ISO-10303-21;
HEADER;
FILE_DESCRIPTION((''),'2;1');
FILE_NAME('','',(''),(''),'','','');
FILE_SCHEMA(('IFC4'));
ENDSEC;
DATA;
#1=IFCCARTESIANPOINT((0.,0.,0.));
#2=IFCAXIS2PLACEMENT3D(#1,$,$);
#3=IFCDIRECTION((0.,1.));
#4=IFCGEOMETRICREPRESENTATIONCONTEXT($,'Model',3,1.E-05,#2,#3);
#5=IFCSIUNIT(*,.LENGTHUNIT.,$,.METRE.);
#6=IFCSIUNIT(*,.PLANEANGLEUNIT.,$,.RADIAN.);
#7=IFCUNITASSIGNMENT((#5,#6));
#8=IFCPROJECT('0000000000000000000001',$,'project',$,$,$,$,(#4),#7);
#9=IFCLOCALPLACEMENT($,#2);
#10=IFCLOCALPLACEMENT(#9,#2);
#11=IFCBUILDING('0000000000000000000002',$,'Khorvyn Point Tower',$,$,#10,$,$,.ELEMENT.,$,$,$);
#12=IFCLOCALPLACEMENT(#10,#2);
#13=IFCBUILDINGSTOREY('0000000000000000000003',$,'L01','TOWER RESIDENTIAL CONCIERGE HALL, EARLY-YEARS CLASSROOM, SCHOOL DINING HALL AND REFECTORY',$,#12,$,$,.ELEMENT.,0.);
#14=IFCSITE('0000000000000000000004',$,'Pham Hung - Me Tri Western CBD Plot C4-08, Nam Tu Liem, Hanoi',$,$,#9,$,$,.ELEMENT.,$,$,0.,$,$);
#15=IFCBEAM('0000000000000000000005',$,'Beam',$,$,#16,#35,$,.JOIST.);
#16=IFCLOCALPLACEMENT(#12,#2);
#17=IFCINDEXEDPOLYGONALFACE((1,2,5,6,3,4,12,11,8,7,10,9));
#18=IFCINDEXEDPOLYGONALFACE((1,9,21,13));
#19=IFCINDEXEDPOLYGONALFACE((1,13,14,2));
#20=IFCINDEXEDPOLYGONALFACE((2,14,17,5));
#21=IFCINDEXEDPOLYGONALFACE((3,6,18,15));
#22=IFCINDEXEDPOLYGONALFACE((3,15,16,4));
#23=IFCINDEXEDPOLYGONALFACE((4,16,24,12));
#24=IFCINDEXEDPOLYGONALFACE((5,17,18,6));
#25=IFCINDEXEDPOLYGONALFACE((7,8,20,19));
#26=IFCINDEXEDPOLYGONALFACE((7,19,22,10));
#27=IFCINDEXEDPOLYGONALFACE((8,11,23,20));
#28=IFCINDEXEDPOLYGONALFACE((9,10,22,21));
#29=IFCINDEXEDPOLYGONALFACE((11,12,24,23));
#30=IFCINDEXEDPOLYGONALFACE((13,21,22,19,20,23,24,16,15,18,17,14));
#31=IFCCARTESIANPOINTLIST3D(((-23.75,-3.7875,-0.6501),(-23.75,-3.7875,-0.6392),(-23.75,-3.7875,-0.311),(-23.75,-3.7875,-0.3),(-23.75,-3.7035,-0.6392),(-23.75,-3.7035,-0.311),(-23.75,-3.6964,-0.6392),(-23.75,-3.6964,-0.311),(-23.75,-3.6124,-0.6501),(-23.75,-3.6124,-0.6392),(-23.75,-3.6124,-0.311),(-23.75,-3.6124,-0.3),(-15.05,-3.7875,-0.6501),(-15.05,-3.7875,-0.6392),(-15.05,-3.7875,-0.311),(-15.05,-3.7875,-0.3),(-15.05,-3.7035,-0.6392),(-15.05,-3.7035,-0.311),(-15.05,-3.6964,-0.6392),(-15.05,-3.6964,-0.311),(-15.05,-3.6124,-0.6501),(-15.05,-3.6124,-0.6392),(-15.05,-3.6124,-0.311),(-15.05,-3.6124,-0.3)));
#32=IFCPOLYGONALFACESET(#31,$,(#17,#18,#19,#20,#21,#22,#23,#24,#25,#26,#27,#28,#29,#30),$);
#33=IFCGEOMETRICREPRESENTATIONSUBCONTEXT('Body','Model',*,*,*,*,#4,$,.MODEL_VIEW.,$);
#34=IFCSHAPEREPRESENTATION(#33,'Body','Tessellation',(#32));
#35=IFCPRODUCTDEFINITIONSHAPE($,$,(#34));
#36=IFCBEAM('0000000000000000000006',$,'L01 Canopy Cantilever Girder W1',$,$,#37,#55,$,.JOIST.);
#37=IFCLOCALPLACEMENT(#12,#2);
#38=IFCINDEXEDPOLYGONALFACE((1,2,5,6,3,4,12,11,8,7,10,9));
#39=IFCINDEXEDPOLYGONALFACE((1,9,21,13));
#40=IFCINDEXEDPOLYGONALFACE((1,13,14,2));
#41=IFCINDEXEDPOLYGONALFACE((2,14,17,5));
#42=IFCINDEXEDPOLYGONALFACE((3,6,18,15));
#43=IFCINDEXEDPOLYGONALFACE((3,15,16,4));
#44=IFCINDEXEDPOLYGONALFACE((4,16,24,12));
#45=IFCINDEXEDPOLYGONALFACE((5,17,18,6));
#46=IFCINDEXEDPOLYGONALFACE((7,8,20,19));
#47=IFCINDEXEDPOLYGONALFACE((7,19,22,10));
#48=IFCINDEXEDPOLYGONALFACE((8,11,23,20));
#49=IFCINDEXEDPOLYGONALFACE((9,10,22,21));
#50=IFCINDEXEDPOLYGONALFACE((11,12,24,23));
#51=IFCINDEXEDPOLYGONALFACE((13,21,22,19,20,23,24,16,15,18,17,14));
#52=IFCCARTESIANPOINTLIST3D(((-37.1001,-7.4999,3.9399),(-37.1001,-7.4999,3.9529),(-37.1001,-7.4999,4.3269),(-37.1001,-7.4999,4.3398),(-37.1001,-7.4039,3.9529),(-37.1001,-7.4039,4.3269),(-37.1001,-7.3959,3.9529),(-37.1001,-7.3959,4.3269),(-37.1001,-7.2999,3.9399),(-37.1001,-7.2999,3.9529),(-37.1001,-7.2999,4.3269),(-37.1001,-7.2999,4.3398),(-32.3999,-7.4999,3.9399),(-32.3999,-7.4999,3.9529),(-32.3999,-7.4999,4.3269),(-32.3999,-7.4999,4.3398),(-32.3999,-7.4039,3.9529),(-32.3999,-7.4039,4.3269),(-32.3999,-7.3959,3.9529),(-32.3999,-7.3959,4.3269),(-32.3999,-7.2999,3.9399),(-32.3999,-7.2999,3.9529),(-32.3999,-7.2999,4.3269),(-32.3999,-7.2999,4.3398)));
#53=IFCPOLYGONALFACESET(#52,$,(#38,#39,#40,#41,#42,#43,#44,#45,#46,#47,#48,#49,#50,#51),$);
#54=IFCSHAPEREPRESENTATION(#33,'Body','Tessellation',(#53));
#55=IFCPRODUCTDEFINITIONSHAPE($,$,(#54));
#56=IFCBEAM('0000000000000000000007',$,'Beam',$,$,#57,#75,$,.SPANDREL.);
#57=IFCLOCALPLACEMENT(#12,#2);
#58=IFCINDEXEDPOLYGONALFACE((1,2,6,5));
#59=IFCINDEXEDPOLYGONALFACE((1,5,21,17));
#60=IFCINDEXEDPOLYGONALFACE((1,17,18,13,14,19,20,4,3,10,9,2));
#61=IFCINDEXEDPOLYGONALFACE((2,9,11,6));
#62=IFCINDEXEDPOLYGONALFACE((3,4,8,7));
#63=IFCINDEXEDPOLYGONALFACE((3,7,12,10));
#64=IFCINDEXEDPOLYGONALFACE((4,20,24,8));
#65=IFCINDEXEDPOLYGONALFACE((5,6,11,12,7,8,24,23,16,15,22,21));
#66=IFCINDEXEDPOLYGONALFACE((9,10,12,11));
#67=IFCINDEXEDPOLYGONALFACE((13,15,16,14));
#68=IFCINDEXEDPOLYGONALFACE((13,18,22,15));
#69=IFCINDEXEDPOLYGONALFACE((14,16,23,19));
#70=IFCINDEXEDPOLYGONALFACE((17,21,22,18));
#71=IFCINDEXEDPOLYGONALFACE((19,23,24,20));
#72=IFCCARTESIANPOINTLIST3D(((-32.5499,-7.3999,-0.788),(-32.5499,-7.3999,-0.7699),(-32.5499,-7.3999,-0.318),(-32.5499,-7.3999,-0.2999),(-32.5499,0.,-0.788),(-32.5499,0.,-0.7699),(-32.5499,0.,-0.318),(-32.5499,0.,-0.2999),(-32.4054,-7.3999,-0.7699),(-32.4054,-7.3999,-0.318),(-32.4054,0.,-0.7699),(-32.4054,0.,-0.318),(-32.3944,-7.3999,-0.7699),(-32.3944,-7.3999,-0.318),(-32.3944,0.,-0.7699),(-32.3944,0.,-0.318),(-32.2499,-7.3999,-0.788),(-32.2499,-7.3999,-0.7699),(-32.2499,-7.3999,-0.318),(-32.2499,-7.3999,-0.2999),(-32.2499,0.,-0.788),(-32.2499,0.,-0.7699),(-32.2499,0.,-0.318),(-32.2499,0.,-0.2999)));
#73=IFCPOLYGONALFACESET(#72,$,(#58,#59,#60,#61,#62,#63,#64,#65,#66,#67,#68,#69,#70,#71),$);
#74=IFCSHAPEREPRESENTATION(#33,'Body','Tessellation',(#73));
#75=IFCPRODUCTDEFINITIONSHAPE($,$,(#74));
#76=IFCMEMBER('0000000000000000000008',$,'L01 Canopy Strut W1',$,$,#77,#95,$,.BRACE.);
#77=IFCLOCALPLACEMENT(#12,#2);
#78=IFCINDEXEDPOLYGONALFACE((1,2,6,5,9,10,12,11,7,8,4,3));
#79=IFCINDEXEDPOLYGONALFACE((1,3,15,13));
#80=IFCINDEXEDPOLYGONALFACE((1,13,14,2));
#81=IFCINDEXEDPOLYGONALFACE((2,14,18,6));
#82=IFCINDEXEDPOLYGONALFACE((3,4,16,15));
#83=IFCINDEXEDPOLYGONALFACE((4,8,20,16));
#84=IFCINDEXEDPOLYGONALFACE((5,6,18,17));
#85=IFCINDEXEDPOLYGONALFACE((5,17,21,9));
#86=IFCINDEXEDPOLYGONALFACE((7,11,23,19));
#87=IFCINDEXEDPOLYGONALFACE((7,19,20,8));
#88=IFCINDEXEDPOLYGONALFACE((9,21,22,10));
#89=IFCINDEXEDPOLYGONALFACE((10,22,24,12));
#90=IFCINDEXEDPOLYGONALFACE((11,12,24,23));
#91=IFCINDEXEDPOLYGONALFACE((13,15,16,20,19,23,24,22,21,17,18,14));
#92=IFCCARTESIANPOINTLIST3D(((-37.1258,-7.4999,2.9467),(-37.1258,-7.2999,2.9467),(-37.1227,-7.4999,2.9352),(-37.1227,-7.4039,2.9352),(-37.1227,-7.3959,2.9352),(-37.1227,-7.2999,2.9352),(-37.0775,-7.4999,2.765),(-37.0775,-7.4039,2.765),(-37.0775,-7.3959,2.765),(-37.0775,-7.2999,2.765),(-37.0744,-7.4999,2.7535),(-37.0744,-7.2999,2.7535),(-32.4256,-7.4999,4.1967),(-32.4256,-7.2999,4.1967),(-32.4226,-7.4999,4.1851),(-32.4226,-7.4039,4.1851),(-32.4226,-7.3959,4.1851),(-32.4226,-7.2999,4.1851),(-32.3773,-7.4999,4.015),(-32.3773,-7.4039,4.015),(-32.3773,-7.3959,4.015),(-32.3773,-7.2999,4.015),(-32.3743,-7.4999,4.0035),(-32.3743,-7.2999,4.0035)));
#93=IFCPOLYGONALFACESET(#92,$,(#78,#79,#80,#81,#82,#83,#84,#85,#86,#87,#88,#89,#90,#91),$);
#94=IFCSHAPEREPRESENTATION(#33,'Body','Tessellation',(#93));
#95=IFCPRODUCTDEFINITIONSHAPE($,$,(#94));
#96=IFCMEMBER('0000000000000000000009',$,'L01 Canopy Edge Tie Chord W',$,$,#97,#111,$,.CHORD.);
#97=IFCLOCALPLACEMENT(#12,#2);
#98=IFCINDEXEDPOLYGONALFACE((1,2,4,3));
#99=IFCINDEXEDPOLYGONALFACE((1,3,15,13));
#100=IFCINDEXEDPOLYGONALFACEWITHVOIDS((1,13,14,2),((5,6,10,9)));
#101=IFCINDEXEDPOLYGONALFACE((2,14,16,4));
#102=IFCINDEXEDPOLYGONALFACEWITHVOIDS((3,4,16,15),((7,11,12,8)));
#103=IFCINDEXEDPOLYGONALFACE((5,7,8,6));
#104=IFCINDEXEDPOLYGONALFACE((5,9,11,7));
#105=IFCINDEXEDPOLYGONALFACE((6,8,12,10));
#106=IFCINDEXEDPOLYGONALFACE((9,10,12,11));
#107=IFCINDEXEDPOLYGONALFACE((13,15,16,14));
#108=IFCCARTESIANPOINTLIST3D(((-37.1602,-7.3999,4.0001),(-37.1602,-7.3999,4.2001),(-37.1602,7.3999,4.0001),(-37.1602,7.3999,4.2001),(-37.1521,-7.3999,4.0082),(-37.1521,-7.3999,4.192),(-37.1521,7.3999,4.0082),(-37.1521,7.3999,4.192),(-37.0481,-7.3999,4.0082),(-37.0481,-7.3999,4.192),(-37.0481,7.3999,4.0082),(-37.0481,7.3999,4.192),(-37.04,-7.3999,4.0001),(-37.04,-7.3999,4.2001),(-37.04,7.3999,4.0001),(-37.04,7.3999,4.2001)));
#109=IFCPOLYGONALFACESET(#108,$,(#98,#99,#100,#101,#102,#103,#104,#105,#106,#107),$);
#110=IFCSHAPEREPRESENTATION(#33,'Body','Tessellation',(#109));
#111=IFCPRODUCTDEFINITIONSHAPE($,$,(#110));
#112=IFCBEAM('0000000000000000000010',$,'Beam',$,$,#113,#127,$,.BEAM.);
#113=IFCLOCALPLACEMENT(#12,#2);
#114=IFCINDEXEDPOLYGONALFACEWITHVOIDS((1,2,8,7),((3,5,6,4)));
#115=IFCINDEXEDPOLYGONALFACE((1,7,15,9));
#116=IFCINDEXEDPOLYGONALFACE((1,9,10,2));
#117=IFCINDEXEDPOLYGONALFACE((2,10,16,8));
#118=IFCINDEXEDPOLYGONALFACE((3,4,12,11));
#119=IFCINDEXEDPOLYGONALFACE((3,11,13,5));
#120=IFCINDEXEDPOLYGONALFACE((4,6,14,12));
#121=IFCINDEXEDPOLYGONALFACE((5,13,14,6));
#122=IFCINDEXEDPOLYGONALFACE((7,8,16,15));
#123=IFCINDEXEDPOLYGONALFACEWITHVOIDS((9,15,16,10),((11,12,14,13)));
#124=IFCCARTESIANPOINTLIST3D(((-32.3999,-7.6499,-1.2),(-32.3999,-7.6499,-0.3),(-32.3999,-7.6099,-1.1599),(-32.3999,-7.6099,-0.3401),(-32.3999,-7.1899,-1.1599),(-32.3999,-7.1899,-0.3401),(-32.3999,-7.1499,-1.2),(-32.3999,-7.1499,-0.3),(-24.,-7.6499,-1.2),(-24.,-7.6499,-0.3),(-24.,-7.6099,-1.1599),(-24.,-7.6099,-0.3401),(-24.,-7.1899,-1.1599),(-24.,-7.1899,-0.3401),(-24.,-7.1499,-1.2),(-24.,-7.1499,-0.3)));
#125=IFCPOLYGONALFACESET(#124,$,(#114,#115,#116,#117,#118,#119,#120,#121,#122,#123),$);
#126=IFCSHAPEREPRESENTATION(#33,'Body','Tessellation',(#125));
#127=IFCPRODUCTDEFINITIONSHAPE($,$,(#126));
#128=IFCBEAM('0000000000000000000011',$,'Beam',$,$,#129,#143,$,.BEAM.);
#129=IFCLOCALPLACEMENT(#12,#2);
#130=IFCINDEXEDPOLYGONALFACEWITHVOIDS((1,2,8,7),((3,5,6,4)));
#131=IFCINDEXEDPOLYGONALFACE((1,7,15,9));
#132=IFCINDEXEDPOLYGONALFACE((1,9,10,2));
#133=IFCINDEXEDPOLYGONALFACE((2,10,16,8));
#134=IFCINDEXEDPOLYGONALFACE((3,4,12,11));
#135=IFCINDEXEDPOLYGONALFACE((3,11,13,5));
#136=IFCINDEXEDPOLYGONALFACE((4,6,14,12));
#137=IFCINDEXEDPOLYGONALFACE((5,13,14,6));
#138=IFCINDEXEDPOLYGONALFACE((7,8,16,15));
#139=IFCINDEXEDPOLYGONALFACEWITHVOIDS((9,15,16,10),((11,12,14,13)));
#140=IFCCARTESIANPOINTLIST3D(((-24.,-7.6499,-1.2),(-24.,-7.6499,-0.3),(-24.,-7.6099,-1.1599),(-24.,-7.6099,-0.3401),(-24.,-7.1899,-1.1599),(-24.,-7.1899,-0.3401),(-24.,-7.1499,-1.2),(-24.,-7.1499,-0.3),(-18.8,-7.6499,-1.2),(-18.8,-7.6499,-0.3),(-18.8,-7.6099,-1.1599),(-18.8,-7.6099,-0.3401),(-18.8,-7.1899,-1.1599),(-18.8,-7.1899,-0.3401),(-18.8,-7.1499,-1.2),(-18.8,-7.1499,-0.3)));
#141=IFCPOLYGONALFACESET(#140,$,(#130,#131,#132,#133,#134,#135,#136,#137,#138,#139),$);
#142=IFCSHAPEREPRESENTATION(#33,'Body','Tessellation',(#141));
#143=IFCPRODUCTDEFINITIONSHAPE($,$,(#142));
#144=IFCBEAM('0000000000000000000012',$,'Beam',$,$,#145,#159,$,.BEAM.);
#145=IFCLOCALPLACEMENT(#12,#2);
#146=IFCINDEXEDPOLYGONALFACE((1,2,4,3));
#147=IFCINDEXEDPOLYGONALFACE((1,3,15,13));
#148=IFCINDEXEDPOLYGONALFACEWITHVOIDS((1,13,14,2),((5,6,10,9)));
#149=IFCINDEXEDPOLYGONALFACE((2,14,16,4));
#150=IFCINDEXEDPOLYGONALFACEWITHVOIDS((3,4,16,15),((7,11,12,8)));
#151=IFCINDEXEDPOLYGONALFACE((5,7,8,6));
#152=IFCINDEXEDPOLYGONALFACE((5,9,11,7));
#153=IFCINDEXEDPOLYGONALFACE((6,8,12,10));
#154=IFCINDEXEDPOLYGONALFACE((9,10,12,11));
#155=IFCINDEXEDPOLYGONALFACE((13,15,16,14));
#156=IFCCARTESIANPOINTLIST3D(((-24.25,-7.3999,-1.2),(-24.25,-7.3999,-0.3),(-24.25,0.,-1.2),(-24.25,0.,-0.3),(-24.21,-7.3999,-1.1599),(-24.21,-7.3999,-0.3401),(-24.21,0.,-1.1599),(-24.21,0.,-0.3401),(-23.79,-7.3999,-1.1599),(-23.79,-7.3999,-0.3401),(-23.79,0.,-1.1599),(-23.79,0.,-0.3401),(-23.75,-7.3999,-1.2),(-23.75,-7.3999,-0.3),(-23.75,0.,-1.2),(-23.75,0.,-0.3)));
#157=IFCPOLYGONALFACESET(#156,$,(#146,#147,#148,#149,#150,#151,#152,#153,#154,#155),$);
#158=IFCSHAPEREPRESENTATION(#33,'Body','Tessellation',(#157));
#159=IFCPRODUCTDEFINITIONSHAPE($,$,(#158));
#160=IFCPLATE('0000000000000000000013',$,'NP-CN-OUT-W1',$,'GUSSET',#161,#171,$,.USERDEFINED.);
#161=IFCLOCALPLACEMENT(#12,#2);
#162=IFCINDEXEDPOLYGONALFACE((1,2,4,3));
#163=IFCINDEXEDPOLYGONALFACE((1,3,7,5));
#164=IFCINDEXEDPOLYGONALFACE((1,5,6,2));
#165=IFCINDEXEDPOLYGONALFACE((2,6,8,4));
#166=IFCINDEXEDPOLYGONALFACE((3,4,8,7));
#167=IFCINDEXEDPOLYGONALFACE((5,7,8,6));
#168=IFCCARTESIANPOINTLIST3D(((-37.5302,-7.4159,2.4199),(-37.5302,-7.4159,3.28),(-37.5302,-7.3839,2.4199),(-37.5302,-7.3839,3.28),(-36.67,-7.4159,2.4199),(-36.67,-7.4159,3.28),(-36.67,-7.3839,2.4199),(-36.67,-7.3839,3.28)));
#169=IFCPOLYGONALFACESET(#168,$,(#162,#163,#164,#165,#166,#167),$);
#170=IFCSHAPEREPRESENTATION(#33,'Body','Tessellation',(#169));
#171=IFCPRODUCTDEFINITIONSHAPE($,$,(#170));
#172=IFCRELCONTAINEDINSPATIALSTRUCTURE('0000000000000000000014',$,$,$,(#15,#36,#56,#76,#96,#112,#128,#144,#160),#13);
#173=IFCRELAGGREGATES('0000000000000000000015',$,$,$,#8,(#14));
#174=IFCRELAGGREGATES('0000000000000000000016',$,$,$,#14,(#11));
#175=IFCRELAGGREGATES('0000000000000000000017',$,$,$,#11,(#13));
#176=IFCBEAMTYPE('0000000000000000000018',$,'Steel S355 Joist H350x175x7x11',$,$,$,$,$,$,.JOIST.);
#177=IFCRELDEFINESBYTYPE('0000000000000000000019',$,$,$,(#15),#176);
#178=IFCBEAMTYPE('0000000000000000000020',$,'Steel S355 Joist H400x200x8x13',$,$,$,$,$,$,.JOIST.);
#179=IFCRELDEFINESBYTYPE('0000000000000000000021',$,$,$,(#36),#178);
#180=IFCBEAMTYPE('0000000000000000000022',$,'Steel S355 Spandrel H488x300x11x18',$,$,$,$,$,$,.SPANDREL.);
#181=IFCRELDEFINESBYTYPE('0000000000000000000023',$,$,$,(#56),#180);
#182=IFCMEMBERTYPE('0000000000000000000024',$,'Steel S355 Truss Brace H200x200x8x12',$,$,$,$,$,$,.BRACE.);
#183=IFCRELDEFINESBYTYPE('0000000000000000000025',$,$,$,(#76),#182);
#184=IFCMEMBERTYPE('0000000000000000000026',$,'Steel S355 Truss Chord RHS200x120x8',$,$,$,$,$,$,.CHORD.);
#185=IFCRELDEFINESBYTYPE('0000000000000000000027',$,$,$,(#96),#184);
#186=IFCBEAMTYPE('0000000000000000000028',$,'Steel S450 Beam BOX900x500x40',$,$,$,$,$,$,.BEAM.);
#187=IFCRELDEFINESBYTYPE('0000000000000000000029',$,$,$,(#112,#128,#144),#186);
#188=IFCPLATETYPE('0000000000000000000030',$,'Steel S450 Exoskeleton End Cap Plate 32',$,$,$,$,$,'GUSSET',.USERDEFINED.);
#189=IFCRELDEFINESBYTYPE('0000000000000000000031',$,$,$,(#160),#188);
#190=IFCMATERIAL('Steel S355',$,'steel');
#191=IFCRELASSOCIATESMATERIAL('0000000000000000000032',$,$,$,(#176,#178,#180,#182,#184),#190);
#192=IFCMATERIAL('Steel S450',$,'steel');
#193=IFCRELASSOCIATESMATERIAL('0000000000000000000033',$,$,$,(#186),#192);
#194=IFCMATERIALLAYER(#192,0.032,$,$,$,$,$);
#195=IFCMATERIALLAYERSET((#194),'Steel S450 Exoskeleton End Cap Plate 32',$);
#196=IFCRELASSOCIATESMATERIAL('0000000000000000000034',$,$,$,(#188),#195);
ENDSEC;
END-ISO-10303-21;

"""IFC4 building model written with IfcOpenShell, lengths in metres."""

from ifc_helpers import new_model, si_unit, direction, frame, origin, origin_2d, place, context, subcontext, project, spatial, rectangle, hollow_rectangle, i_section, extrude, material, layer, layer_set, material_profile, profile_set, type_object, element, save


model = new_model("IFC4")

# Units and contexts
model_context = context("Model", 3, precision=1e-05, world=origin(), true_north=direction((0.0, 1.0)))
body_context = subcontext(model_context, "Body", "Model", "MODEL_VIEW")
ifc_project = project(units=[si_unit("LENGTHUNIT", "METRE"), si_unit("PLANEANGLEUNIT", "RADIAN")], contexts=[model_context])

# Site, building, storey
site_placement = place(None, origin())
site = spatial("IfcSite", under=ifc_project, at=site_placement, Name="Pham Hung - Me Tri Western CBD Plot C4-08, Nam Tu Liem, Hanoi", CompositionType="ELEMENT", RefElevation=0.0)
building_placement = place(site_placement, origin())
building = spatial("IfcBuilding", under=site, at=building_placement, Name="Khorvyn Point Tower", CompositionType="ELEMENT")
storey_placement = place(building_placement, origin())
storey = spatial("IfcBuildingStorey", under=building, at=storey_placement, Name="L01", Description="TOWER RESIDENTIAL CONCIERGE HALL, EARLY-YEARS CLASSROOM, SCHOOL DINING HALL AND REFECTORY", CompositionType="ELEMENT", Elevation=0.0)

# Shared definitions
ifc_material_1 = material(Name="Steel S355", Category="steel")

# Beams
ifc_material_profile_1 = material_profile(ifc_material_1, i_section(OverallWidth=0.175, OverallDepth=0.3501, WebThickness=0.0071, FlangeThickness=0.011, at=origin_2d()))
ifc_profile_set_1 = profile_set([ifc_material_profile_1], Name="Steel S355 H350x175x7x11")
beam_type_1 = type_object("IfcBeamType", Name="Steel S355 Joist H350x175x7x11", PredefinedType="JOIST", material=ifc_profile_set_1)
beam_1_placement = place(storey_placement, frame((-23.75, -3.7, -0.4751), z_axis=(1.0, 0.0, 0.0), x_axis=(0.0, 1.0, 0.0)))
element("IfcBeam", 1, at=beam_1_placement, inside=storey, type_object=beam_type_1, Name="Beam", PredefinedType="JOIST", context=body_context, shape_type="SweptSolid", body=[
    extrude(i_section(OverallWidth=0.175, OverallDepth=0.3501, WebThickness=0.0071, FlangeThickness=0.011, at=origin_2d()), origin(), (0.0, 0.0, 1.0), 8.7),
])
ifc_material_profile_2 = material_profile(ifc_material_1, i_section(OverallWidth=0.2, OverallDepth=0.3999, WebThickness=0.0081, FlangeThickness=0.0129, at=origin_2d()))
ifc_profile_set_2 = profile_set([ifc_material_profile_2], Name="Steel S355 H400x200x8x13")
beam_type_2 = type_object("IfcBeamType", Name="Steel S355 Joist H400x200x8x13", PredefinedType="JOIST", material=ifc_profile_set_2)
beam_2_placement = place(storey_placement, frame((-32.3999, -7.3999, 4.1399), z_axis=(-1.0, 0.0, 0.0), x_axis=(0.0, -1.0, 0.0)))
element("IfcBeam", 2, at=beam_2_placement, inside=storey, type_object=beam_type_2, Name="L01 Canopy Cantilever Girder W1", PredefinedType="JOIST", context=body_context, shape_type="SweptSolid", body=[
    extrude(i_section(OverallWidth=0.2, OverallDepth=0.3999, WebThickness=0.0081, FlangeThickness=0.0129, at=origin_2d()), origin(), (0.0, 0.0, 1.0), 4.7002),
])
ifc_material_profile_3 = material_profile(ifc_material_1, i_section(OverallWidth=0.3, OverallDepth=0.488, WebThickness=0.011, FlangeThickness=0.0181, at=origin_2d()))
ifc_profile_set_3 = profile_set([ifc_material_profile_3], Name="Steel S355 H488x300x11x18")
beam_type_3 = type_object("IfcBeamType", Name="Steel S355 Spandrel H488x300x11x18", PredefinedType="SPANDREL", material=ifc_profile_set_3)
beam_3_placement = place(storey_placement, frame((-32.3999, -7.3999, -0.5439), z_axis=(0.0, 1.0, 0.0), x_axis=(-1.0, 0.0, 0.0)))
element("IfcBeam", 3, at=beam_3_placement, inside=storey, type_object=beam_type_3, Name="Beam", PredefinedType="SPANDREL", context=body_context, shape_type="SweptSolid", body=[
    extrude(i_section(OverallWidth=0.3, OverallDepth=0.488, WebThickness=0.011, FlangeThickness=0.0181, at=origin_2d()), origin(), (0.0, 0.0, 1.0), 7.3999),
])

# Members
ifc_material_profile_4 = material_profile(ifc_material_1, i_section(OverallWidth=0.2, OverallDepth=0.2, WebThickness=0.0081, FlangeThickness=0.012, at=origin_2d()))
ifc_profile_set_4 = profile_set([ifc_material_profile_4], Name="Steel S355 H200x200x8x12")
member_type_1 = type_object("IfcMemberType", Name="Steel S355 Truss Brace H200x200x8x12", PredefinedType="BRACE", material=ifc_profile_set_4)
member_1_placement = place(storey_placement, frame((-37.1001, -7.3999, 2.8501), z_axis=(0.966408, 0.0, 0.257013), x_axis=(0.0, 1.0, 0.0)))
element("IfcMember", 4, at=member_1_placement, inside=storey, type_object=member_type_1, Name="L01 Canopy Strut W1", PredefinedType="BRACE", context=body_context, shape_type="SweptSolid", body=[
    extrude(i_section(OverallWidth=0.2, OverallDepth=0.2, WebThickness=0.0081, FlangeThickness=0.012, at=origin_2d()), origin(), (0.0, 0.0, 1.0), 4.8635),
])
ifc_material_profile_5 = material_profile(ifc_material_1, hollow_rectangle(XDim=0.1201, YDim=0.2, WallThickness=0.0081, at=origin_2d()))
ifc_profile_set_5 = profile_set([ifc_material_profile_5], Name="Steel S355 RHS200x120x8")
member_type_2 = type_object("IfcMemberType", Name="Steel S355 Truss Chord RHS200x120x8", PredefinedType="CHORD", material=ifc_profile_set_5)
member_2_placement = place(storey_placement, frame((-37.1001, -7.3999, 4.1001), z_axis=(0.0, 1.0, 0.0), x_axis=(-1.0, 0.0, 0.0)))
element("IfcMember", 5, at=member_2_placement, inside=storey, type_object=member_type_2, Name="L01 Canopy Edge Tie Chord W", PredefinedType="CHORD", context=body_context, shape_type="SweptSolid", body=[
    extrude(hollow_rectangle(XDim=0.1201, YDim=0.2, WallThickness=0.0081, at=origin_2d()), origin(), (0.0, 0.0, 1.0), 14.7998),
])

# Beams
ifc_material_2 = material(Name="Steel S450", Category="steel")
ifc_material_profile_6 = material_profile(ifc_material_2, hollow_rectangle(XDim=0.5, YDim=0.8999, WallThickness=0.04, at=origin_2d()))
ifc_profile_set_6 = profile_set([ifc_material_profile_6], Name="Steel S450 BOX900x500x40")
beam_type_4 = type_object("IfcBeamType", Name="Steel S450 Beam BOX900x500x40", PredefinedType="BEAM", material=ifc_profile_set_6)
beam_4_placement = place(storey_placement, frame((-32.3999, -7.3999, -0.75), z_axis=(1.0, 0.0, 0.0), x_axis=(0.0, 1.0, 0.0)))
element("IfcBeam", 6, at=beam_4_placement, inside=storey, type_object=beam_type_4, Name="Beam", PredefinedType="BEAM", context=body_context, shape_type="SweptSolid", body=[
    extrude(hollow_rectangle(XDim=0.5, YDim=0.8999, WallThickness=0.04, at=origin_2d()), origin(), (0.0, 0.0, 1.0), 8.3999),
])
beam_5_placement = place(storey_placement, frame((-24.0, -7.3999, -0.75), z_axis=(1.0, 0.0, 0.0), x_axis=(0.0, 1.0, 0.0)))
element("IfcBeam", 7, at=beam_5_placement, inside=storey, type_object=beam_type_4, Name="Beam", PredefinedType="BEAM", context=body_context, shape_type="SweptSolid", body=[
    extrude(hollow_rectangle(XDim=0.5, YDim=0.8999, WallThickness=0.04, at=origin_2d()), origin(), (0.0, 0.0, 1.0), 5.2),
])
beam_6_placement = place(storey_placement, frame((-24.0, -7.3999, -0.75), z_axis=(0.0, 1.0, 0.0), x_axis=(-1.0, 0.0, 0.0)))
element("IfcBeam", 8, at=beam_6_placement, inside=storey, type_object=beam_type_4, Name="Beam", PredefinedType="BEAM", context=body_context, shape_type="SweptSolid", body=[
    extrude(hollow_rectangle(XDim=0.5, YDim=0.8999, WallThickness=0.04, at=origin_2d()), origin(), (0.0, 0.0, 1.0), 7.3999),
])

# Plate
ifc_layer_1 = layer(ifc_material_2, 0.032)
ifc_layer_set_1 = layer_set([ifc_layer_1], Name="Steel S450 Exoskeleton End Cap Plate 32")
plate_type = type_object("IfcPlateType", Name="Steel S450 Exoskeleton End Cap Plate 32", ElementType="GUSSET", PredefinedType="USERDEFINED", material=ifc_layer_set_1)
for number, where, z_axis, x_axis, name in (
    (9, (-37.1001, -7.3999, 2.4199), (0.0, 0.0, 1.0), (1.0, 0.0, 0.0), "NP-CN-OUT-W1"),
):
    element("IfcPlate", number, at=place(storey_placement, frame(where, z_axis=z_axis, x_axis=x_axis)), inside=storey, type_object=plate_type, Name=name, ObjectType="GUSSET", PredefinedType="USERDEFINED", context=body_context, shape_type="SweptSolid", body=[
        extrude(rectangle(XDim=0.8601, YDim=0.032, at=origin_2d()), origin(), (0.0, 0.0, 1.0), 0.8601),
    ])

save(model, "model.ifc")
